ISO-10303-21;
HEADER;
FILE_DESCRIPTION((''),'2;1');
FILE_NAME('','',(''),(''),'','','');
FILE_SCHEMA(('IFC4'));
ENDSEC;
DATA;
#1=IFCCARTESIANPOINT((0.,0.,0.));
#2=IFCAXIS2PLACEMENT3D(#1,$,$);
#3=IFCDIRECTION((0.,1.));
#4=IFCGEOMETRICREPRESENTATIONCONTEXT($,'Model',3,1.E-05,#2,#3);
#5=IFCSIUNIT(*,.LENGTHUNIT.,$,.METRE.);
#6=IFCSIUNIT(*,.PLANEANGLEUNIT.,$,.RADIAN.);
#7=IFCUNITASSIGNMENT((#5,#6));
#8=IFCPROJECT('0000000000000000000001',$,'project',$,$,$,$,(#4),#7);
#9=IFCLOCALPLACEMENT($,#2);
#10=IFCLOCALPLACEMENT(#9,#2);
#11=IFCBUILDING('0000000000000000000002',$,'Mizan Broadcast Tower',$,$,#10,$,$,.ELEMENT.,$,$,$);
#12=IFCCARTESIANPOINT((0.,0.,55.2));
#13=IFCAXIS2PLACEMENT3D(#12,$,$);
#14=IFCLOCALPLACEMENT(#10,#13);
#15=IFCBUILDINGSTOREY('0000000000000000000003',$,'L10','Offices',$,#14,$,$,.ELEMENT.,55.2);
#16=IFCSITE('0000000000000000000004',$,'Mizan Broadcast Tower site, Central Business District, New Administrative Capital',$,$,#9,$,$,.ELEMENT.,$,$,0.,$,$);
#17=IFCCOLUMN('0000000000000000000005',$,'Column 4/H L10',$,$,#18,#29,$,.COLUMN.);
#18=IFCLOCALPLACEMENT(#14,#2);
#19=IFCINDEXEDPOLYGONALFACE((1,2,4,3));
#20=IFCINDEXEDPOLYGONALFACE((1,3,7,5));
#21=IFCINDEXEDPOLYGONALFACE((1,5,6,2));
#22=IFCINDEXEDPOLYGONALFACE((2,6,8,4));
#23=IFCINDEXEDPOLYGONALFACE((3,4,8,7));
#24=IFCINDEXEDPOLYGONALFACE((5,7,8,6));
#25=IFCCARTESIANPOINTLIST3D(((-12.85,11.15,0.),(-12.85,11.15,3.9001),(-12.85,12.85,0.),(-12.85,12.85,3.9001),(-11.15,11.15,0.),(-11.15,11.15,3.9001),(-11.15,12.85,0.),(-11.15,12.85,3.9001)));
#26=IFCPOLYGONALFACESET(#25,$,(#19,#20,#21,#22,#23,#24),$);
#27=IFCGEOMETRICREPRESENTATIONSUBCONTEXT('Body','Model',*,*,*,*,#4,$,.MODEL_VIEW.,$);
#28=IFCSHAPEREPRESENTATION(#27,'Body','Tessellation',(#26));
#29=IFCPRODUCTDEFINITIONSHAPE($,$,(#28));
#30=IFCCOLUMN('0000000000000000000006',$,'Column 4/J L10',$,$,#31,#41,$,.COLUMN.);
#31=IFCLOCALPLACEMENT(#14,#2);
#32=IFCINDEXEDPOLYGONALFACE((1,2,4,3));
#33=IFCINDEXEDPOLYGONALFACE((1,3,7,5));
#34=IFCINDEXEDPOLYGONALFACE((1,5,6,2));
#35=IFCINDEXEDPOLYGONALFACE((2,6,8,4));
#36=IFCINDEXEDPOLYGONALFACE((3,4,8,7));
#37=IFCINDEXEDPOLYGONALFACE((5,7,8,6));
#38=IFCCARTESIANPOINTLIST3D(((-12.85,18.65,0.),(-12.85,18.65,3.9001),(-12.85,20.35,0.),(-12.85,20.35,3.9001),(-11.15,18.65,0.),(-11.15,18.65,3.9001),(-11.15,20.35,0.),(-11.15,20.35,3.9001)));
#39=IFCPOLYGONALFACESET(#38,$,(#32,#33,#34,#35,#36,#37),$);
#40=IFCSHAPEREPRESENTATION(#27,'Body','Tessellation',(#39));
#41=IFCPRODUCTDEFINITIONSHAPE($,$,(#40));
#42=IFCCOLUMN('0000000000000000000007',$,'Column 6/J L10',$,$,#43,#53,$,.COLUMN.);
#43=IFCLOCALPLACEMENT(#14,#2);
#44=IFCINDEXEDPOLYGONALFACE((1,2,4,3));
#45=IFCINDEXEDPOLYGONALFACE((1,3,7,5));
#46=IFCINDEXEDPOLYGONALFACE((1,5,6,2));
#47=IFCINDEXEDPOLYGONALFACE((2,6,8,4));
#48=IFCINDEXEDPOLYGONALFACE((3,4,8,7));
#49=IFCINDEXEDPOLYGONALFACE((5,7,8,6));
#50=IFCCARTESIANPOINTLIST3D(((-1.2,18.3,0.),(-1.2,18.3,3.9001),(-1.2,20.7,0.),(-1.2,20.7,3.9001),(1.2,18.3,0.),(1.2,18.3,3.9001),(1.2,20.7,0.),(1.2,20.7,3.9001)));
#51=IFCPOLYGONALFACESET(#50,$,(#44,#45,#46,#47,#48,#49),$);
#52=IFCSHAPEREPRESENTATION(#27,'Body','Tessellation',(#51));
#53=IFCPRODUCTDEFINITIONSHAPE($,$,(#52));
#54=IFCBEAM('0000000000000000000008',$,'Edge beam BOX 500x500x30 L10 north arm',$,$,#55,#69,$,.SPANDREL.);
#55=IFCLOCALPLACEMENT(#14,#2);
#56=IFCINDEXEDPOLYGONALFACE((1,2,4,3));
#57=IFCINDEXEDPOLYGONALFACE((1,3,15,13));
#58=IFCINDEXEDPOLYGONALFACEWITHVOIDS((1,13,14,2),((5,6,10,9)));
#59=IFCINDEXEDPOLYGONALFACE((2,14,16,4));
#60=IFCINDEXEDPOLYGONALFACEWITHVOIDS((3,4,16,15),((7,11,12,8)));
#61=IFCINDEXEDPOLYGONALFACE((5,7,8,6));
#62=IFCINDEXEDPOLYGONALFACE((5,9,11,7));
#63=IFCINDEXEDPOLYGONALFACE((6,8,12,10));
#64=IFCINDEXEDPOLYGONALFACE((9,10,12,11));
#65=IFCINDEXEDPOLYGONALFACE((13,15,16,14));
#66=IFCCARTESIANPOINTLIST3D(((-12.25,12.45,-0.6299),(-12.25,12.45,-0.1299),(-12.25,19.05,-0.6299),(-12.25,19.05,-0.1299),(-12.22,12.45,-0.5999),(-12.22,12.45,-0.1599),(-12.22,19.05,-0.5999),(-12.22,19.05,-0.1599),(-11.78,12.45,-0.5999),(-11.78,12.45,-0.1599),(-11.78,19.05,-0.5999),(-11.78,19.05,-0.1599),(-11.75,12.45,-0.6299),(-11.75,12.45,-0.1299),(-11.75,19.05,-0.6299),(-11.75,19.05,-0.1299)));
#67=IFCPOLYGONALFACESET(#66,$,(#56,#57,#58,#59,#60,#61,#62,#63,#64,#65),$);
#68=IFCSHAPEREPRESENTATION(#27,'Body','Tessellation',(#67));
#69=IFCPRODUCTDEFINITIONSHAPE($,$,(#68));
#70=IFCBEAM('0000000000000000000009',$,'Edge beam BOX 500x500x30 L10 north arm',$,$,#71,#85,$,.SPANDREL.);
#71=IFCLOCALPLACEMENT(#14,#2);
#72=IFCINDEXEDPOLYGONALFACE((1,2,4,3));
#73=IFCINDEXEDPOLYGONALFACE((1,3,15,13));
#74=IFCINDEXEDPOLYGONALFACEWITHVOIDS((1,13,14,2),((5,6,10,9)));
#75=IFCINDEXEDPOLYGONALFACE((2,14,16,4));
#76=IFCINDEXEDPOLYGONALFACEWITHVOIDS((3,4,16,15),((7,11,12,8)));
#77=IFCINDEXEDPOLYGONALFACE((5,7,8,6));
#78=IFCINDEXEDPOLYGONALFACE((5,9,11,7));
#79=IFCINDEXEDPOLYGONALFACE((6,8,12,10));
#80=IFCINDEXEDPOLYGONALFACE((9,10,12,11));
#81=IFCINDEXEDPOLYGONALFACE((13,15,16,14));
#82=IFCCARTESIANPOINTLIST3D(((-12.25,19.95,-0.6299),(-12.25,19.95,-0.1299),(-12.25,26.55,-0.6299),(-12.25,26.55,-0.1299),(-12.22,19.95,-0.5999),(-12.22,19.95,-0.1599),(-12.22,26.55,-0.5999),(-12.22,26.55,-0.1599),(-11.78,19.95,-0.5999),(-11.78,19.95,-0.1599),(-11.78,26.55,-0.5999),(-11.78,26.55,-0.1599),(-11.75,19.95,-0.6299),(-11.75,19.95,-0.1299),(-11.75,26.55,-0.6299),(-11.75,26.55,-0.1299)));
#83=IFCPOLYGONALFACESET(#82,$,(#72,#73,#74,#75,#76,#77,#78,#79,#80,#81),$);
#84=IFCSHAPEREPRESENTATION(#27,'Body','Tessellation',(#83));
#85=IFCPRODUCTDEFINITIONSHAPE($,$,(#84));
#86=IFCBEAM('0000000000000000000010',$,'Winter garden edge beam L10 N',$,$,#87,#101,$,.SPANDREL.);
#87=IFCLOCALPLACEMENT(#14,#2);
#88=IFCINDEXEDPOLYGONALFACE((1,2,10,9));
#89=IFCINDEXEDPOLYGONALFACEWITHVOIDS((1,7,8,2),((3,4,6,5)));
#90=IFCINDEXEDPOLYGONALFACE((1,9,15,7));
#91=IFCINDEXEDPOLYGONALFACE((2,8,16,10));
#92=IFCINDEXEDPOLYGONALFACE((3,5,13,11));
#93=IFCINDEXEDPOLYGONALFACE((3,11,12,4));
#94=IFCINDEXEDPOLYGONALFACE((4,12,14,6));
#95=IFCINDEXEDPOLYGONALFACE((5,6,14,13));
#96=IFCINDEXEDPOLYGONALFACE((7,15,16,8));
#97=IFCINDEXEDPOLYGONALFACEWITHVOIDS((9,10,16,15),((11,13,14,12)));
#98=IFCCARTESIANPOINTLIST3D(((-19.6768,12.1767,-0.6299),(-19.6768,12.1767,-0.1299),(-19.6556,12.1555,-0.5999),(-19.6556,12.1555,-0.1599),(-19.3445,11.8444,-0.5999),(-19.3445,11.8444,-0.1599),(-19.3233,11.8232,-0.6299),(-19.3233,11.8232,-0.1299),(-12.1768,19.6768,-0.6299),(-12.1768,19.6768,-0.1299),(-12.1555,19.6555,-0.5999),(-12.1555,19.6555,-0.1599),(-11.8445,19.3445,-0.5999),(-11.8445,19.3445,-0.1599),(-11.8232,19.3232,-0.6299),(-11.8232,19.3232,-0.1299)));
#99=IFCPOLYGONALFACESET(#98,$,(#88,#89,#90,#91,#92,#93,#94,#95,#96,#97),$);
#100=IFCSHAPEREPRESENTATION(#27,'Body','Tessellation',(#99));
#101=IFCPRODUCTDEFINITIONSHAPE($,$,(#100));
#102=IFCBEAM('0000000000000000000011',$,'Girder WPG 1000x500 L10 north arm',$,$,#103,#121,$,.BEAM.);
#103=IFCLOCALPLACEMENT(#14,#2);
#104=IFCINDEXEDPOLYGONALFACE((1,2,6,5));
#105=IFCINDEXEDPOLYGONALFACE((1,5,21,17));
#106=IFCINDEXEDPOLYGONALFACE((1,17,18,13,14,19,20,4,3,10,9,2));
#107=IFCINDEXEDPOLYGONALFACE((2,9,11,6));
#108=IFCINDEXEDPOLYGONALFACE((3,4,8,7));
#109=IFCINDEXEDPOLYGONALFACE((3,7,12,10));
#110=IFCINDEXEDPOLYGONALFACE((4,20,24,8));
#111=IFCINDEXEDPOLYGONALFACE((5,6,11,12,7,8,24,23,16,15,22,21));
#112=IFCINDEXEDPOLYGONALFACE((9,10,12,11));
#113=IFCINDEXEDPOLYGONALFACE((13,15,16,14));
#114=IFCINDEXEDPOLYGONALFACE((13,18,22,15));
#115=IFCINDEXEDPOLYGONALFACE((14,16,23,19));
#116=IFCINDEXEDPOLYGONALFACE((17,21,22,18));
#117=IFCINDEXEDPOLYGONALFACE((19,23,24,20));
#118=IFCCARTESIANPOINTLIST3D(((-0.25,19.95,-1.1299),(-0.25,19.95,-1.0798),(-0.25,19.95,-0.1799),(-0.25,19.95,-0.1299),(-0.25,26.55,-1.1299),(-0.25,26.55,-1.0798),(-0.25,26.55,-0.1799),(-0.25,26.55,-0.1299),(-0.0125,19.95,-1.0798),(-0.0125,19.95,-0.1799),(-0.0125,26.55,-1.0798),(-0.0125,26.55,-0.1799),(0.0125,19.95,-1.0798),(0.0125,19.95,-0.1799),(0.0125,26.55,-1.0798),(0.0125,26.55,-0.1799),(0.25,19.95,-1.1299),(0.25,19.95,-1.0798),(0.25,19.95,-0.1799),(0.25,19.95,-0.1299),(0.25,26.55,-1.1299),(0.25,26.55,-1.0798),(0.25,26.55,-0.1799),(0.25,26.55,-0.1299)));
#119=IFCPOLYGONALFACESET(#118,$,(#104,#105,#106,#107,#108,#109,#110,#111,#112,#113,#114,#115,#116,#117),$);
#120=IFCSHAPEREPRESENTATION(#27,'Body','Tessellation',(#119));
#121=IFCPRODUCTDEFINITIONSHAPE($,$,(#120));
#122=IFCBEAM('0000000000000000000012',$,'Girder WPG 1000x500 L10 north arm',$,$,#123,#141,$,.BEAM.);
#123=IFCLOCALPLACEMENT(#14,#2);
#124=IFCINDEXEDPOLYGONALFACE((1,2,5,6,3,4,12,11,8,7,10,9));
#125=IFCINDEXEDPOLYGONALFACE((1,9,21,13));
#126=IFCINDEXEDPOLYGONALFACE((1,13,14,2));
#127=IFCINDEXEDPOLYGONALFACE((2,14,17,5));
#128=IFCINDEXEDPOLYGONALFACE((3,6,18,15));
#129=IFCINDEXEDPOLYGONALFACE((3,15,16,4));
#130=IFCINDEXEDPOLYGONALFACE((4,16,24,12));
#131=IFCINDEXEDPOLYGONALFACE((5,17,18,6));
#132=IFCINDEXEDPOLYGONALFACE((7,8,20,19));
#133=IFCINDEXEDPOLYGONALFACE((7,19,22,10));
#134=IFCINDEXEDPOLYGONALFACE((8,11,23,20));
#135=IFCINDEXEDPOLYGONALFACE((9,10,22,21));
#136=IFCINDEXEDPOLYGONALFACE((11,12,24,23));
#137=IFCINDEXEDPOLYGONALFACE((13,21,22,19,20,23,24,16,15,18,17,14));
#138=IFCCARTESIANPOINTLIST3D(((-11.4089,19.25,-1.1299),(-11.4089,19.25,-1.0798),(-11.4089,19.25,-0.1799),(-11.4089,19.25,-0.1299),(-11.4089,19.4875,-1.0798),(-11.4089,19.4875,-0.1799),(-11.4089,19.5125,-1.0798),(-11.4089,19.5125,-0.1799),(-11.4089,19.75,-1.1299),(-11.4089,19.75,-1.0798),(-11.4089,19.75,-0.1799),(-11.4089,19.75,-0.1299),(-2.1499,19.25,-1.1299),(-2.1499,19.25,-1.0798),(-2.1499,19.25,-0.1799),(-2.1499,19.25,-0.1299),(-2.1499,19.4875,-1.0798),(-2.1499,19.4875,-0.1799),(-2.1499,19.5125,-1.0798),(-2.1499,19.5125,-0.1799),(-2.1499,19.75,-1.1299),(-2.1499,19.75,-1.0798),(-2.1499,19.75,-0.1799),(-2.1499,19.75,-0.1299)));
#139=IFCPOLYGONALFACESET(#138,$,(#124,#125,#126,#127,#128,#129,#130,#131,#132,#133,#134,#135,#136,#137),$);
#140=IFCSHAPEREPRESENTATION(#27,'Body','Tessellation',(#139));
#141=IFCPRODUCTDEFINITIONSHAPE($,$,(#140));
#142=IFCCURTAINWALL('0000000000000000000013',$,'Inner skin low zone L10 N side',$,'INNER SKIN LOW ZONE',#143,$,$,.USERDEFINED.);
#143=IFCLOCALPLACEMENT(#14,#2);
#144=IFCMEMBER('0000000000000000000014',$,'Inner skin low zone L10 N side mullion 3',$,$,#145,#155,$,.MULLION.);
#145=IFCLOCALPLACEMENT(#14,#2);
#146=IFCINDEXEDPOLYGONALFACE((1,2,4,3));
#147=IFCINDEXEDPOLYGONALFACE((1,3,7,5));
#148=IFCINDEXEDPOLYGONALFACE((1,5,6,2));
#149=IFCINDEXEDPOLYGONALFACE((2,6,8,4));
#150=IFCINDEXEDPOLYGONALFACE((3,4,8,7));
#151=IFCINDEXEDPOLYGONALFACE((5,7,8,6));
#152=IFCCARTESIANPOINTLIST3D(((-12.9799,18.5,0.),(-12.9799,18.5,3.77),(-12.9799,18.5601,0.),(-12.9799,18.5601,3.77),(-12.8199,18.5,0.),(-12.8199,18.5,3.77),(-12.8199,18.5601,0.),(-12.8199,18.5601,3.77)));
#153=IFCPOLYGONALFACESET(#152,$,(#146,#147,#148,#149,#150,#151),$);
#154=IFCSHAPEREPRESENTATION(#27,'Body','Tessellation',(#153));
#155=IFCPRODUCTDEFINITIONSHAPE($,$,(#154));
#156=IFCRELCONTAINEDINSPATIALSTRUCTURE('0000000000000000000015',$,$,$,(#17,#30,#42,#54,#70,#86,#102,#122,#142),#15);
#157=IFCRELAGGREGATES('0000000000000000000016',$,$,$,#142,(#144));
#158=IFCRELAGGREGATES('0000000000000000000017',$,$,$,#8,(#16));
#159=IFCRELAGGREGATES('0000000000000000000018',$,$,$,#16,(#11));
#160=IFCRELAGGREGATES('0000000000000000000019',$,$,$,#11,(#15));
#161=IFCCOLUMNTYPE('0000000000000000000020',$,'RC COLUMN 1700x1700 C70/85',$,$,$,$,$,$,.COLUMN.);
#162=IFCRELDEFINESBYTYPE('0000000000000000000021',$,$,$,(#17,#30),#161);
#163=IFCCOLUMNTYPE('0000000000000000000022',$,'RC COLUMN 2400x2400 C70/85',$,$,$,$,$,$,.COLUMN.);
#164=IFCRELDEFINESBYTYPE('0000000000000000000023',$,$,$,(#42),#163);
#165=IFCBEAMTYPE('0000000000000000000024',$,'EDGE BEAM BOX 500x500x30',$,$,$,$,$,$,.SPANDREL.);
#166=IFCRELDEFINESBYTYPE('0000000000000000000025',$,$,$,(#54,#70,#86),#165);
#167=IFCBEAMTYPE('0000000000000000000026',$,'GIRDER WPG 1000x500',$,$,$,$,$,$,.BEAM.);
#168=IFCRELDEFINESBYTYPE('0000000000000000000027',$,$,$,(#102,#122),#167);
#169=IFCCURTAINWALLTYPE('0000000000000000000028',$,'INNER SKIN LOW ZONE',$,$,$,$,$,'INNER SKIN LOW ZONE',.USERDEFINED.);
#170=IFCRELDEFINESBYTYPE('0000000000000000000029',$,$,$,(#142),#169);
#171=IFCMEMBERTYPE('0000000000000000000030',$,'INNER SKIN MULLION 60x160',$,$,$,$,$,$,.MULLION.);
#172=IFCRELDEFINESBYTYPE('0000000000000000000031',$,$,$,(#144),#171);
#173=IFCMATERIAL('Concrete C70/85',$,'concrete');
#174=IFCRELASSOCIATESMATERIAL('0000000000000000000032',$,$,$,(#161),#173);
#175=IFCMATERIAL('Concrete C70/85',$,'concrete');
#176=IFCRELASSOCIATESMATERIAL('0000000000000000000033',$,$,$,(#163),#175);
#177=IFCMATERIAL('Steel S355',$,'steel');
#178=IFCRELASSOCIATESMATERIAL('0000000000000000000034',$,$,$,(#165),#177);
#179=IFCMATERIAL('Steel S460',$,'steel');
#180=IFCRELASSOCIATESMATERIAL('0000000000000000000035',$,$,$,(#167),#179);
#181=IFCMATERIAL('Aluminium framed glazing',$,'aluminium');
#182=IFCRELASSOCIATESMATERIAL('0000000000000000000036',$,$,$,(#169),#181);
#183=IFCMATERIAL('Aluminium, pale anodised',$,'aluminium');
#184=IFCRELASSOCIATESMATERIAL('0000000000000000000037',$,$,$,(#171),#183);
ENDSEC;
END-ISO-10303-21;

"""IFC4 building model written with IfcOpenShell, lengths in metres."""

from ifc_helpers import new_model, si_unit, direction, frame, origin, origin_2d, place, context, subcontext, project, spatial, rectangle, hollow_rectangle, i_section, extrude, material, material_profile, profile_set, type_object, element, aggregate, save


model = new_model("IFC4")

# Units and contexts
model_context = context("Model", 3, precision=1e-05, world=origin(), true_north=direction((0.0, 1.0)))
body_context = subcontext(model_context, "Body", "Model", "MODEL_VIEW")
ifc_project = project(units=[si_unit("LENGTHUNIT", "METRE"), si_unit("PLANEANGLEUNIT", "RADIAN")], contexts=[model_context])

# Site, building, storey
site_placement = place(None, origin())
site = spatial("IfcSite", under=ifc_project, at=site_placement, Name="Mizan Broadcast Tower site, Central Business District, New Administrative Capital", CompositionType="ELEMENT", RefElevation=0.0)
building_placement = place(site_placement, origin())
building = spatial("IfcBuilding", under=site, at=building_placement, Name="Mizan Broadcast Tower", CompositionType="ELEMENT")
storey_placement = place(building_placement, frame((0.0, 0.0, 55.2)))
storey = spatial("IfcBuildingStorey", under=building, at=storey_placement, Name="L10", Description="Offices", CompositionType="ELEMENT", Elevation=55.2)

# Columns
ifc_material_1 = material(Name="Concrete C70/85", Category="concrete")
ifc_material_profile_1 = material_profile(ifc_material_1, rectangle(XDim=1.7, YDim=1.7, at=origin_2d()), Name="RC 1700x1700")
ifc_profile_set_1 = profile_set([ifc_material_profile_1], Name="Concrete C70/85")
column_type_1 = type_object("IfcColumnType", Name="RC COLUMN 1700x1700 C70/85", PredefinedType="COLUMN", material=ifc_profile_set_1)
for number, where, z_axis, x_axis, name in (
    (1, (-12.0, 12.0, 0.0), (0.0, 0.0, 1.0), (1.0, 0.0, 0.0), "Column 4/H L10"),
    (2, (-12.0, 19.5, 0.0), (0.0, 0.0, 1.0), (1.0, 0.0, 0.0), "Column 4/J L10"),
):
    element("IfcColumn", number, at=place(storey_placement, frame(where, z_axis=z_axis, x_axis=x_axis)), inside=storey, type_object=column_type_1, Name=name, PredefinedType="COLUMN", context=body_context, shape_type="SweptSolid", body=[
        extrude(rectangle(XDim=1.7, YDim=1.7, at=origin_2d()), origin(), (0.0, 0.0, 1.0), 3.9001),
    ])
ifc_material_2 = material(Name="Concrete C70/85", Category="concrete")
ifc_material_profile_2 = material_profile(ifc_material_2, rectangle(XDim=2.3999, YDim=2.3999, at=origin_2d()), Name="RC 2400x2400")
ifc_profile_set_2 = profile_set([ifc_material_profile_2], Name="Concrete C70/85")
column_type_2 = type_object("IfcColumnType", Name="RC COLUMN 2400x2400 C70/85", PredefinedType="COLUMN", material=ifc_profile_set_2)
column_placement = place(storey_placement, frame((0.0, 19.5, 0.0), z_axis=(0.0, 0.0, 1.0), x_axis=(1.0, 0.0, 0.0)))
element("IfcColumn", 3, at=column_placement, inside=storey, type_object=column_type_2, Name="Column 6/J L10", PredefinedType="COLUMN", context=body_context, shape_type="SweptSolid", body=[
    extrude(rectangle(XDim=2.3999, YDim=2.3999, at=origin_2d()), origin(), (0.0, 0.0, 1.0), 3.9001),
])

# Beams
ifc_material_3 = material(Name="Steel S355", Category="steel")
ifc_material_profile_3 = material_profile(ifc_material_3, hollow_rectangle(XDim=0.5, YDim=0.5, WallThickness=0.03, at=origin_2d()), Name="BOX 500x500x30")
ifc_profile_set_3 = profile_set([ifc_material_profile_3], Name="Steel S355")
beam_type_1 = type_object("IfcBeamType", Name="EDGE BEAM BOX 500x500x30", PredefinedType="SPANDREL", material=ifc_profile_set_3)
for number, where, z_axis, x_axis, name in (
    (4, (-12.0, 12.45, -0.3799), (0.0, 1.0, 0.0), (-1.0, 0.0, 0.0), "Edge beam BOX 500x500x30 L10 north arm"),
    (5, (-12.0, 19.95, -0.3799), (0.0, 1.0, 0.0), (-1.0, 0.0, 0.0), "Edge beam BOX 500x500x30 L10 north arm"),
):
    element("IfcBeam", number, at=place(storey_placement, frame(where, z_axis=z_axis, x_axis=x_axis)), inside=storey, type_object=beam_type_1, Name=name, PredefinedType="SPANDREL", context=body_context, shape_type="SweptSolid", body=[
        extrude(hollow_rectangle(XDim=0.5, YDim=0.5, WallThickness=0.03, at=origin_2d()), origin(), (0.0, 0.0, 1.0), 6.6001),
    ])
beam_1_placement = place(storey_placement, frame((-12.0, 19.5, -0.3799), z_axis=(-0.707107, -0.707107, 0.0), x_axis=(0.707107, -0.707107, 0.0)))
element("IfcBeam", 6, at=beam_1_placement, inside=storey, type_object=beam_type_1, Name="Winter garden edge beam L10 N", PredefinedType="SPANDREL", context=body_context, shape_type="SweptSolid", body=[
    extrude(hollow_rectangle(XDim=0.5, YDim=0.5, WallThickness=0.03, at=origin_2d()), origin(), (0.0, 0.0, 1.0), 10.6067),
])
ifc_material_4 = material(Name="Steel S460", Category="steel")
ifc_material_profile_4 = material_profile(ifc_material_4, i_section(OverallWidth=0.5, OverallDepth=1.0, WebThickness=0.0249, FlangeThickness=0.05, at=origin_2d()), Name="WPG 1000x500")
ifc_profile_set_4 = profile_set([ifc_material_profile_4], Name="Steel S460")
beam_type_2 = type_object("IfcBeamType", Name="GIRDER WPG 1000x500", PredefinedType="BEAM", material=ifc_profile_set_4)
beam_2_placement = place(storey_placement, frame((0.0, 19.95, -0.6299), z_axis=(0.0, 1.0, 0.0), x_axis=(-1.0, 0.0, 0.0)))
element("IfcBeam", 7, at=beam_2_placement, inside=storey, type_object=beam_type_2, Name="Girder WPG 1000x500 L10 north arm", PredefinedType="BEAM", context=body_context, shape_type="SweptSolid", body=[
    extrude(i_section(OverallWidth=0.5, OverallDepth=1.0, WebThickness=0.0249, FlangeThickness=0.05, at=origin_2d()), origin(), (0.0, 0.0, 1.0), 6.6001),
])
beam_3_placement = place(storey_placement, frame((-11.4089, 19.5, -0.6299), z_axis=(1.0, 0.0, 0.0), x_axis=(0.0, 1.0, 0.0)))
element("IfcBeam", 8, at=beam_3_placement, inside=storey, type_object=beam_type_2, Name="Girder WPG 1000x500 L10 north arm", PredefinedType="BEAM", context=body_context, shape_type="SweptSolid", body=[
    extrude(i_section(OverallWidth=0.5, OverallDepth=1.0, WebThickness=0.0249, FlangeThickness=0.05, at=origin_2d()), origin(), (0.0, 0.0, 1.0), 9.259),
])

# Curtain wall, member
ifc_material_5 = material(Name="Aluminium framed glazing", Category="aluminium")
curtain_wall_type = type_object("IfcCurtainWallType", Name="INNER SKIN LOW ZONE", ElementType="INNER SKIN LOW ZONE", PredefinedType="USERDEFINED", material=ifc_material_5)
curtain_wall_placement = place(storey_placement, origin())
curtain_wall = element("IfcCurtainWall", 9, at=curtain_wall_placement, inside=storey, type_object=curtain_wall_type, Name="Inner skin low zone L10 N side", ObjectType="INNER SKIN LOW ZONE", PredefinedType="USERDEFINED")
ifc_material_6 = material(Name="Aluminium, pale anodised", Category="aluminium")
ifc_material_profile_5 = material_profile(ifc_material_6, rectangle(XDim=0.1599, YDim=0.0601, at=origin_2d()), Name="MULLION 160x60")
ifc_profile_set_5 = profile_set([ifc_material_profile_5], Name="Aluminium, pale anodised")
member_type = type_object("IfcMemberType", Name="INNER SKIN MULLION 60x160", PredefinedType="MULLION", material=ifc_profile_set_5)
member_placement = place(storey_placement, frame((-12.8999, 18.53, 0.0), z_axis=(0.0, 0.0, 1.0), x_axis=(1.0, 0.0, 0.0)))
member = element("IfcMember", 10, at=member_placement, type_object=member_type, Name="Inner skin low zone L10 N side mullion 3", PredefinedType="MULLION", context=body_context, shape_type="SweptSolid", body=[
    extrude(rectangle(XDim=0.1599, YDim=0.0601, at=origin_2d()), origin(), (0.0, 0.0, 1.0), 3.77),
])

aggregate(curtain_wall, [member])

save(model, "model.ifc")
